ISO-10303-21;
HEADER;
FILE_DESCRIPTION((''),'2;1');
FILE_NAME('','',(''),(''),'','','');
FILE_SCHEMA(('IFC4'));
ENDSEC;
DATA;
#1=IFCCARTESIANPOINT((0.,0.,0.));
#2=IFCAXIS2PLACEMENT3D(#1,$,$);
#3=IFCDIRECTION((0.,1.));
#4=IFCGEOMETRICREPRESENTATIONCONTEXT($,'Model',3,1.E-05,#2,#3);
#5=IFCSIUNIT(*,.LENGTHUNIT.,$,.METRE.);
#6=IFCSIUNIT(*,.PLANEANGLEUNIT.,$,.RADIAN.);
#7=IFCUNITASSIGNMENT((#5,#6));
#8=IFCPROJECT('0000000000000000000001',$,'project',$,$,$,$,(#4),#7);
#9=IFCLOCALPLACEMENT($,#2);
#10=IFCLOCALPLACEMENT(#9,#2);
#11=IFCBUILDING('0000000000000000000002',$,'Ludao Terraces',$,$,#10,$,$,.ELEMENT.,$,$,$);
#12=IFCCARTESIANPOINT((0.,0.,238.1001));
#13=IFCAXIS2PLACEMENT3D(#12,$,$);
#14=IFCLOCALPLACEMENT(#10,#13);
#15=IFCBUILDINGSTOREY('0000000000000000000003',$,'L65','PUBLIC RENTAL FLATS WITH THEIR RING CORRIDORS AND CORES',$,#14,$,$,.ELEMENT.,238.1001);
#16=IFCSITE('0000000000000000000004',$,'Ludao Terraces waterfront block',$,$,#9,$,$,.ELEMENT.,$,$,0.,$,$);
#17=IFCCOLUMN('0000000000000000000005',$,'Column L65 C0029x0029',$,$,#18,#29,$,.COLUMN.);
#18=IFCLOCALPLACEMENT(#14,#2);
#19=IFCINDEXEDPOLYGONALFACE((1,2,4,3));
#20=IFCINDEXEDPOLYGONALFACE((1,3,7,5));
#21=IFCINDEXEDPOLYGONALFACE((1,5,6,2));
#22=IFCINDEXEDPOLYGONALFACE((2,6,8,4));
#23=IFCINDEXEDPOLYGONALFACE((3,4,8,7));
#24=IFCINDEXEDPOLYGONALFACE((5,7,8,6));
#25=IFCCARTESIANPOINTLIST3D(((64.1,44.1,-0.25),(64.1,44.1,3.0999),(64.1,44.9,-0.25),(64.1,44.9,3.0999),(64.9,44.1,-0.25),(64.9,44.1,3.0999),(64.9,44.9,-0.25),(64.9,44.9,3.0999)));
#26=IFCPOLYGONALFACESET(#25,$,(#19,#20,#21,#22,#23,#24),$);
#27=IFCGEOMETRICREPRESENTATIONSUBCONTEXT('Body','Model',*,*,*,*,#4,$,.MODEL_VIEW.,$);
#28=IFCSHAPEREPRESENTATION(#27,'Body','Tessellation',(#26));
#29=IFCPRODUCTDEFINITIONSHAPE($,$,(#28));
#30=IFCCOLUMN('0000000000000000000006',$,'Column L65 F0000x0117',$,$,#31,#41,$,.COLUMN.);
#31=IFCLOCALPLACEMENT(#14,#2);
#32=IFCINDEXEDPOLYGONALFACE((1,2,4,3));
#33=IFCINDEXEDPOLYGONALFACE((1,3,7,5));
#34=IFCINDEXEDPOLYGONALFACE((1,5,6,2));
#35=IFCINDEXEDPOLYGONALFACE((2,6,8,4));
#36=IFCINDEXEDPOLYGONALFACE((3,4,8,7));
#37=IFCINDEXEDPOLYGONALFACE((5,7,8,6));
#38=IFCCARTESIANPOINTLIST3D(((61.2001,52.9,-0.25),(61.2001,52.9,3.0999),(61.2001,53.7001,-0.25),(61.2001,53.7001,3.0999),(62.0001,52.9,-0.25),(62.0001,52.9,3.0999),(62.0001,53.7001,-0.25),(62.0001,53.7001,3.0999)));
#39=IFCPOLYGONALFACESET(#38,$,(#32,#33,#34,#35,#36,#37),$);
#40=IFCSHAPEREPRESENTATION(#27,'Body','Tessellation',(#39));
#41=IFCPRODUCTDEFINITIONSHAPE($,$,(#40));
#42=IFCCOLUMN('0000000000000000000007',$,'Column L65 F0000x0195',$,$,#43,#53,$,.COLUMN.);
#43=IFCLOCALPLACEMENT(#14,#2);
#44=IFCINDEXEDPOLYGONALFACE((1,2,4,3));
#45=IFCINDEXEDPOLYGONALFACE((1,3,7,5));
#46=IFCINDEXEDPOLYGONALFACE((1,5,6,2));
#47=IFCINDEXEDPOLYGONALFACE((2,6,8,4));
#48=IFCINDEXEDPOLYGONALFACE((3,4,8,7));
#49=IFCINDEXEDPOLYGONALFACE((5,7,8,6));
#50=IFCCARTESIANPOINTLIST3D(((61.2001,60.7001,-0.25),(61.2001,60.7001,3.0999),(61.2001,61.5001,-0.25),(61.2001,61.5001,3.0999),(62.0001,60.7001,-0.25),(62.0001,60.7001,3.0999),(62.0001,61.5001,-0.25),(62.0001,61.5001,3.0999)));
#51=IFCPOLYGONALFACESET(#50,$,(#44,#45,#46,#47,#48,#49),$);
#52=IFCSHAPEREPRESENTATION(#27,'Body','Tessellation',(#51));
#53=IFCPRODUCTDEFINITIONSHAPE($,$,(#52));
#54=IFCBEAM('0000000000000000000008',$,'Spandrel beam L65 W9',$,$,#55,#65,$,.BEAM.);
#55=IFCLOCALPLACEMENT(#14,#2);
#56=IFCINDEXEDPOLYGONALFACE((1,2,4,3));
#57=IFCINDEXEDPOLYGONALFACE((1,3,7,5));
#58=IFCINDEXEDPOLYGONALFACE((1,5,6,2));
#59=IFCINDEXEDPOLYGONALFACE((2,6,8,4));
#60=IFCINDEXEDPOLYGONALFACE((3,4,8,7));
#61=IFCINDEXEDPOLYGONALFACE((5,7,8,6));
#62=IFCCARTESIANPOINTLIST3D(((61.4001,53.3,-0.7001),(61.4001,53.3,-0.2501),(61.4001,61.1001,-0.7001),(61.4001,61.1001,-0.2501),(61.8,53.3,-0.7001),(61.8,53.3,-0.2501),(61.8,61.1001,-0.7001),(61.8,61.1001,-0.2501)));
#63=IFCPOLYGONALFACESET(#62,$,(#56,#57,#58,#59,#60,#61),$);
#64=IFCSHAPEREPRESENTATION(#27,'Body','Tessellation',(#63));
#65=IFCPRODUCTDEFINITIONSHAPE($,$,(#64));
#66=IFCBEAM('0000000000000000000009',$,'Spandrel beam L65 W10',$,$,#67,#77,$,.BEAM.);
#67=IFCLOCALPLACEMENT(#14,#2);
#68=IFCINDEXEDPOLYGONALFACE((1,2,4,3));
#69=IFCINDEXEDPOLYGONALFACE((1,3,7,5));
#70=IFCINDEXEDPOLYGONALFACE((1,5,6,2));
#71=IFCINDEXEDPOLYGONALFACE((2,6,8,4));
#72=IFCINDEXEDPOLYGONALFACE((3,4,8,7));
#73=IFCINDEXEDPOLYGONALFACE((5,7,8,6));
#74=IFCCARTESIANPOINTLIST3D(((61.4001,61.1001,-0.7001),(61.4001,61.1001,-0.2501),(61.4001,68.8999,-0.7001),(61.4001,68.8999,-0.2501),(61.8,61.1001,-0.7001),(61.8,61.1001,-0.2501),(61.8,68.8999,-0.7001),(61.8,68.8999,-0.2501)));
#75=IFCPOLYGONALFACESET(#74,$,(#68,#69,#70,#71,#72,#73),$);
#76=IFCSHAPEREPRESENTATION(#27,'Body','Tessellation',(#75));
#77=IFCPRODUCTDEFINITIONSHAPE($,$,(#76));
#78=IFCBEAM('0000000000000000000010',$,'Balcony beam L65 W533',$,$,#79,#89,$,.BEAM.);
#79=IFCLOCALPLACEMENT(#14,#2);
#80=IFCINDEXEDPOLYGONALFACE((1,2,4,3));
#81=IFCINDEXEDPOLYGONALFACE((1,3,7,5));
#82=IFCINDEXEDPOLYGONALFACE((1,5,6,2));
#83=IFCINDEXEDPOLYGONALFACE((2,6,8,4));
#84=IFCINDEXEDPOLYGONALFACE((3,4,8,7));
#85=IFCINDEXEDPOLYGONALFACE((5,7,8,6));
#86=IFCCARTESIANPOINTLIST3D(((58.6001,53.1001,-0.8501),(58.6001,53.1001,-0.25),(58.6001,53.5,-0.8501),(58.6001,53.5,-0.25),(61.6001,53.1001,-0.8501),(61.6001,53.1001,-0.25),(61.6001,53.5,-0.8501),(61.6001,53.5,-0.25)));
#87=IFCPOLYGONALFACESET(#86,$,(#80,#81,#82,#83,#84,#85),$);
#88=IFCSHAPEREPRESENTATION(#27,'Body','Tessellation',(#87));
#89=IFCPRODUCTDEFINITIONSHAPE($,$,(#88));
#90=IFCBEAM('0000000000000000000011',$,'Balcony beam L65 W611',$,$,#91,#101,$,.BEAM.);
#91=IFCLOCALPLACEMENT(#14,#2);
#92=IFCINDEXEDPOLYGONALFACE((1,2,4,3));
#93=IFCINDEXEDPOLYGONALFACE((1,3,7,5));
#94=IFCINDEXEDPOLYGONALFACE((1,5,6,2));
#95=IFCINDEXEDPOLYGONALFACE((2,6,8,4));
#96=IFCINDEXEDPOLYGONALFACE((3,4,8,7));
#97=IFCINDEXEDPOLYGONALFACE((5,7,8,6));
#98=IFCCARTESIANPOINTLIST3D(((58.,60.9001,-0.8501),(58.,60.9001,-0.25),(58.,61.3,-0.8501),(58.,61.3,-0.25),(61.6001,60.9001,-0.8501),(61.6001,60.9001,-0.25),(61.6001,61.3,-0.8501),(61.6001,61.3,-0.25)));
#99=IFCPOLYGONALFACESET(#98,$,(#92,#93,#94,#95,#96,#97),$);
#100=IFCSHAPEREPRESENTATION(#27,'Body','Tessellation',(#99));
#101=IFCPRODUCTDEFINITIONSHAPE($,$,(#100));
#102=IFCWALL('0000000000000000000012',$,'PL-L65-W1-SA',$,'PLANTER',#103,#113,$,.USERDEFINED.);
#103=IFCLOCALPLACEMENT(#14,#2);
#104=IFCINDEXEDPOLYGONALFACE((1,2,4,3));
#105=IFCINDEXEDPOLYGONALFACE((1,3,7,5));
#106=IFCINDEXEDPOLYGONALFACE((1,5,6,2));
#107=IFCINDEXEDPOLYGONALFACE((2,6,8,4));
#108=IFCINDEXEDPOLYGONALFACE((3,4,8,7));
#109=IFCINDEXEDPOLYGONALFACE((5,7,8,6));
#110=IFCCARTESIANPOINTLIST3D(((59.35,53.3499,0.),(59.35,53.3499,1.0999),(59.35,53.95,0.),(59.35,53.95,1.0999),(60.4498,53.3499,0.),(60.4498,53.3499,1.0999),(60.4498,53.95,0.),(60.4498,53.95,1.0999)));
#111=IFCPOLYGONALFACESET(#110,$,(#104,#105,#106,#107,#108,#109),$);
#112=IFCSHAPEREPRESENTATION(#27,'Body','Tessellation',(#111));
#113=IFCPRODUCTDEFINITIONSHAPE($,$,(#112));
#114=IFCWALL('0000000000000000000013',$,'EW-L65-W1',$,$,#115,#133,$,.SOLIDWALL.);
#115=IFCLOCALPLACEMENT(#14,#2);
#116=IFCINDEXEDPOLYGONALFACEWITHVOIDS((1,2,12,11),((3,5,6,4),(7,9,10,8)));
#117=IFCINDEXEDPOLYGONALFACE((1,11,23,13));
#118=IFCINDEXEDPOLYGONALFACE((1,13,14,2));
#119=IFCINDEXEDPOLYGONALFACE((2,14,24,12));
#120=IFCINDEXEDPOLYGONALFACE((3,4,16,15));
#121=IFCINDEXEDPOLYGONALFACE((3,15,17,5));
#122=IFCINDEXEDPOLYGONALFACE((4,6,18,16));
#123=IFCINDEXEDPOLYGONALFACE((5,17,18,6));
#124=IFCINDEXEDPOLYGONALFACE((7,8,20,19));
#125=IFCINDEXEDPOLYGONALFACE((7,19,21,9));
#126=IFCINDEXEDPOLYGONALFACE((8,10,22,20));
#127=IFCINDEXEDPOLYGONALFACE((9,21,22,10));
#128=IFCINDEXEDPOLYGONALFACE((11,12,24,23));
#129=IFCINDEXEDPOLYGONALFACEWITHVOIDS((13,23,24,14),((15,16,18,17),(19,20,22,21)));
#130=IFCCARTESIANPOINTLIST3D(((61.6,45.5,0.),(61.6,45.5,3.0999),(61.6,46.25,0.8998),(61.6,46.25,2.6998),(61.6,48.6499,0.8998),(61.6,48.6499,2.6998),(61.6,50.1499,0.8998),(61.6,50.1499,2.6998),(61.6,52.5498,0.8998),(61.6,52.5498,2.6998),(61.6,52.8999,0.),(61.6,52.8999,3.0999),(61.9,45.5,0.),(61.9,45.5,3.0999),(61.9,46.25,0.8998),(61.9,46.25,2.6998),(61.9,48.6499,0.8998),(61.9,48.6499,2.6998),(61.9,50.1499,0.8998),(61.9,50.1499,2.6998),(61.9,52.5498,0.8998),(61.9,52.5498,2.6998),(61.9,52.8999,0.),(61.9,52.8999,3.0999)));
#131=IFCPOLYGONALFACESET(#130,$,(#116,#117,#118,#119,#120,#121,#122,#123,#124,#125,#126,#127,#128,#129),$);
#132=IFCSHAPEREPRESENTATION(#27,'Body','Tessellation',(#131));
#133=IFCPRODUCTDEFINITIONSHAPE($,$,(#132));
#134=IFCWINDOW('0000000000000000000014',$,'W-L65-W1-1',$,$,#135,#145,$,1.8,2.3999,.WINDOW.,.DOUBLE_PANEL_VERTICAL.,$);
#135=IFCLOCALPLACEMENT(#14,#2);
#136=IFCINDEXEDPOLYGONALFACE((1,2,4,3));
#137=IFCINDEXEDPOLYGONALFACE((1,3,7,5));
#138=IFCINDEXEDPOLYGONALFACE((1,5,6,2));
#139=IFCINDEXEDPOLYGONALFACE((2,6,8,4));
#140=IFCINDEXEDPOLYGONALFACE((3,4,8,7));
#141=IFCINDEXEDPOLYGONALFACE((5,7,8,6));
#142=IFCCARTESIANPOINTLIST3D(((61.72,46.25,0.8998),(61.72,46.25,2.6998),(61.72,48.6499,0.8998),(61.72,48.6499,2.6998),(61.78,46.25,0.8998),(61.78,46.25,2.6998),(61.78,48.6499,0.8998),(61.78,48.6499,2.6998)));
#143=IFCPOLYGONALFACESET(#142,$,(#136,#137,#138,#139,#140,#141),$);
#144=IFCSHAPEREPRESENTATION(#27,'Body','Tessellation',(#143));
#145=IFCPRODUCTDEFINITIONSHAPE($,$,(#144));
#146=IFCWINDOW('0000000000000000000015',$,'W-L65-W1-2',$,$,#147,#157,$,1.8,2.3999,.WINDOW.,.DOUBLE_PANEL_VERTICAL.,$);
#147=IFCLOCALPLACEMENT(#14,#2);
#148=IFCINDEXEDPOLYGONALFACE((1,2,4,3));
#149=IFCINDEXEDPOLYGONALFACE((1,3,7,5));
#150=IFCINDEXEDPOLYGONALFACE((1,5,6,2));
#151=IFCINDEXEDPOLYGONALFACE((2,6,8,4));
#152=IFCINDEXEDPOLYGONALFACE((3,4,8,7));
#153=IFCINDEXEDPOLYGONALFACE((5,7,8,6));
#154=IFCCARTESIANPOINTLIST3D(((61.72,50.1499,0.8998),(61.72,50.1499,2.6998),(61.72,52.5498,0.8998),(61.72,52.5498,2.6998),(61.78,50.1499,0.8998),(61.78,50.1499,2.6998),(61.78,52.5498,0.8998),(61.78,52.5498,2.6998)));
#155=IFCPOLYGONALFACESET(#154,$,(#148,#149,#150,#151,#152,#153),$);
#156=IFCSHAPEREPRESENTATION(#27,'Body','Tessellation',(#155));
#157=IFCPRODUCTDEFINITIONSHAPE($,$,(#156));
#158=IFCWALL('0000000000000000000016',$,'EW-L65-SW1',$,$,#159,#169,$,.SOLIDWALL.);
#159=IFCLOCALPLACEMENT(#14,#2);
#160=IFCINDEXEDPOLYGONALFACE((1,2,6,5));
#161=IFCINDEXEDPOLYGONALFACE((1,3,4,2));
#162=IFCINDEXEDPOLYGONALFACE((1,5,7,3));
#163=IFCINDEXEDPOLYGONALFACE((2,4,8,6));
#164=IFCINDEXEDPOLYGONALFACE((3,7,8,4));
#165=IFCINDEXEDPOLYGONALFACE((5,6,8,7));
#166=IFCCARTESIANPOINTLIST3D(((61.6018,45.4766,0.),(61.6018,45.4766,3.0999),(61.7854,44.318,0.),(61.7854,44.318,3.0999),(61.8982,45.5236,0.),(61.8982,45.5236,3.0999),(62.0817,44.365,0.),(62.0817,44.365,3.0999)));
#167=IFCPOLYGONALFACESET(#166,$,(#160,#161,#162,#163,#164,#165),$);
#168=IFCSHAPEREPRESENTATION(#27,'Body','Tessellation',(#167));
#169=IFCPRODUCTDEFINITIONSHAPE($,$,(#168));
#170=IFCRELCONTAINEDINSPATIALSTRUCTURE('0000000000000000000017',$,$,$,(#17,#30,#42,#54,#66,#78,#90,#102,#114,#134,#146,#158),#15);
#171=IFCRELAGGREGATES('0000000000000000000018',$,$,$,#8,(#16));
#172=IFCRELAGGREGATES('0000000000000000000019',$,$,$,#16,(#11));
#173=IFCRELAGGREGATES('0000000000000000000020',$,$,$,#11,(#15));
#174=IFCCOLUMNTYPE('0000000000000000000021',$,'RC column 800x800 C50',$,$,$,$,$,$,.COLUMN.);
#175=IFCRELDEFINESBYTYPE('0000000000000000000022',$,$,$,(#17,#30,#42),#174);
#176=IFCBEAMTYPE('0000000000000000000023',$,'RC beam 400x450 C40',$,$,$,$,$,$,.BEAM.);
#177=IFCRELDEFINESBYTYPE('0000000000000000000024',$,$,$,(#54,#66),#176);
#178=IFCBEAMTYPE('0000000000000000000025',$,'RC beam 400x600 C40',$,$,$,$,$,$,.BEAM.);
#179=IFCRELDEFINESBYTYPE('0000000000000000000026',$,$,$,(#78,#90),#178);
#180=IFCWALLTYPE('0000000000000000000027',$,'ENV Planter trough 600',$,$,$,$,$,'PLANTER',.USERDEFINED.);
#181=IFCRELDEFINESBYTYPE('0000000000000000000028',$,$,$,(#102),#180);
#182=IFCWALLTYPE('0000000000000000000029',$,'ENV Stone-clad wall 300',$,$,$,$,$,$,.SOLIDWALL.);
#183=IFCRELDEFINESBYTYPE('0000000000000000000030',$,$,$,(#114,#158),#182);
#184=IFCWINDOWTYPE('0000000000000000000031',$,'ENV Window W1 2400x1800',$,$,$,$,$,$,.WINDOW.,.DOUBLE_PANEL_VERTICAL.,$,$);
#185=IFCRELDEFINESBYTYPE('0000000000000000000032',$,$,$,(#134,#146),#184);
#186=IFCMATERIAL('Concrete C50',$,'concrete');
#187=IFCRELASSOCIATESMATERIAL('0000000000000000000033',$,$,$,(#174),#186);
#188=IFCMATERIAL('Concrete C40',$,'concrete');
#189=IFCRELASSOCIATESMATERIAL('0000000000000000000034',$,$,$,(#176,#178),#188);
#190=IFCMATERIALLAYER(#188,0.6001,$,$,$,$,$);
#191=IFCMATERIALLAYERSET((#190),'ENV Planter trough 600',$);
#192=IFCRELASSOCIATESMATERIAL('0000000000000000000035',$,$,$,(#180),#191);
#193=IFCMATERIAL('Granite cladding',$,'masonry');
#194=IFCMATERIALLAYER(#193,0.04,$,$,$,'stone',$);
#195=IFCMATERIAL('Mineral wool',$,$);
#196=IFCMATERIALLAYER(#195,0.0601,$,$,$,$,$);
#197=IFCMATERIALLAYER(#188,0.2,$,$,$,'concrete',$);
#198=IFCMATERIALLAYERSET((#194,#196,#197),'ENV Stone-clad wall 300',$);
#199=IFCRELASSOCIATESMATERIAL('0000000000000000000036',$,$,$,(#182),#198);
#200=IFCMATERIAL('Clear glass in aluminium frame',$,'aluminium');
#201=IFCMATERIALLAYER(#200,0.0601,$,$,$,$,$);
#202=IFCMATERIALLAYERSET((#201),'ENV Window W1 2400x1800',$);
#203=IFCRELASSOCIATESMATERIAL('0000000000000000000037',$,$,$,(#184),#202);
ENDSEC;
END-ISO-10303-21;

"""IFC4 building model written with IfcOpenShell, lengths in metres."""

from ifc_helpers import new_model, si_unit, direction, frame, frame_2d, origin, origin_2d, place, context, subcontext, project, spatial, rectangle, extrude, material, layer, layer_set, material_profile, profile_set, type_object, element, fill, save


model = new_model("IFC4")

# Units and contexts
model_context = context("Model", 3, precision=1e-05, world=origin(), true_north=direction((0.0, 1.0)))
body_context = subcontext(model_context, "Body", "Model", "MODEL_VIEW")
ifc_project = project(units=[si_unit("LENGTHUNIT", "METRE"), si_unit("PLANEANGLEUNIT", "RADIAN")], contexts=[model_context])

# Site, building, storey
site_placement = place(None, origin())
site = spatial("IfcSite", under=ifc_project, at=site_placement, Name="Ludao Terraces waterfront block", CompositionType="ELEMENT", RefElevation=0.0)
building_placement = place(site_placement, origin())
building = spatial("IfcBuilding", under=site, at=building_placement, Name="Ludao Terraces", CompositionType="ELEMENT")
storey_placement = place(building_placement, frame((0.0, 0.0, 238.1001)))
storey = spatial("IfcBuildingStorey", under=building, at=storey_placement, Name="L65", Description="PUBLIC RENTAL FLATS WITH THEIR RING CORRIDORS AND CORES", CompositionType="ELEMENT", Elevation=238.1001)

# Columns
ifc_material_1 = material(Name="Concrete C50", Category="concrete")
ifc_material_profile_1 = material_profile(ifc_material_1, rectangle(XDim=0.8, YDim=0.8, at=origin_2d()), Name="800 X 800")
ifc_profile_set_1 = profile_set([ifc_material_profile_1], Name="Concrete C50")
column_type = type_object("IfcColumnType", Name="RC column 800x800 C50", PredefinedType="COLUMN", material=ifc_profile_set_1)
for number, where, z_axis, x_axis, name in (
    (1, (64.5, 44.5, -0.25), (0.0, 0.0, 1.0), (1.0, 0.0, 0.0), "Column L65 C0029x0029"),
    (2, (61.6001, 53.3, -0.25), (0.0, 0.0, 1.0), (1.0, 0.0, 0.0), "Column L65 F0000x0117"),
    (3, (61.6001, 61.1001, -0.25), (0.0, 0.0, 1.0), (1.0, 0.0, 0.0), "Column L65 F0000x0195"),
):
    element("IfcColumn", number, at=place(storey_placement, frame(where, z_axis=z_axis, x_axis=x_axis)), inside=storey, type_object=column_type, Name=name, PredefinedType="COLUMN", context=body_context, shape_type="SweptSolid", body=[
        extrude(rectangle(XDim=0.8, YDim=0.8, at=origin_2d()), origin(), (0.0, 0.0, 1.0), 3.3499),
    ])

# Beams
ifc_material_2 = material(Name="Concrete C40", Category="concrete")
ifc_material_profile_2 = material_profile(ifc_material_2, rectangle(XDim=0.3999, YDim=0.45, at=origin_2d()), Name="400 X 450")
ifc_profile_set_2 = profile_set([ifc_material_profile_2], Name="Concrete C40")
beam_type_1 = type_object("IfcBeamType", Name="RC beam 400x450 C40", PredefinedType="BEAM", material=ifc_profile_set_2)
beam_1_placement = place(storey_placement, frame((61.6001, 53.3, -0.4751), z_axis=(0.0, 1.0, 0.0), x_axis=(-1.0, 0.0, 0.0)))
element("IfcBeam", 4, at=beam_1_placement, inside=storey, type_object=beam_type_1, Name="Spandrel beam L65 W9", PredefinedType="BEAM", context=body_context, shape_type="SweptSolid", body=[
    extrude(rectangle(XDim=0.3999, YDim=0.45, at=origin_2d()), origin(), (0.0, 0.0, 1.0), 7.8),
])
beam_2_placement = place(storey_placement, frame((61.6001, 61.1001, -0.4751), z_axis=(0.0, 1.0, 0.0), x_axis=(-1.0, 0.0, 0.0)))
element("IfcBeam", 5, at=beam_2_placement, inside=storey, type_object=beam_type_1, Name="Spandrel beam L65 W10", PredefinedType="BEAM", context=body_context, shape_type="SweptSolid", body=[
    extrude(rectangle(XDim=0.3999, YDim=0.45, at=origin_2d()), origin(), (0.0, 0.0, 1.0), 7.7998),
])
ifc_material_profile_3 = material_profile(ifc_material_2, rectangle(XDim=0.3999, YDim=0.6001, at=origin_2d()), Name="400 X 600")
ifc_profile_set_3 = profile_set([ifc_material_profile_3], Name="Concrete C40")
beam_type_2 = type_object("IfcBeamType", Name="RC beam 400x600 C40", PredefinedType="BEAM", material=ifc_profile_set_3)
beam_3_placement = place(storey_placement, frame((61.6001, 53.3, -0.55), z_axis=(-1.0, 0.0, 0.0), x_axis=(0.0, -1.0, 0.0)))
element("IfcBeam", 6, at=beam_3_placement, inside=storey, type_object=beam_type_2, Name="Balcony beam L65 W533", PredefinedType="BEAM", context=body_context, shape_type="SweptSolid", body=[
    extrude(rectangle(XDim=0.3999, YDim=0.6001, at=origin_2d()), origin(), (0.0, 0.0, 1.0), 3.0),
])
beam_4_placement = place(storey_placement, frame((61.6001, 61.1001, -0.55), z_axis=(-1.0, 0.0, 0.0), x_axis=(0.0, -1.0, 0.0)))
element("IfcBeam", 7, at=beam_4_placement, inside=storey, type_object=beam_type_2, Name="Balcony beam L65 W611", PredefinedType="BEAM", context=body_context, shape_type="SweptSolid", body=[
    extrude(rectangle(XDim=0.3999, YDim=0.6001, at=origin_2d()), origin(), (0.0, 0.0, 1.0), 3.6001),
])

# Wall
ifc_layer_1 = layer(ifc_material_2, 0.6001)
ifc_layer_set_1 = layer_set([ifc_layer_1], Name="ENV Planter trough 600")
wall_type_1 = type_object("IfcWallType", Name="ENV Planter trough 600", ElementType="PLANTER", PredefinedType="USERDEFINED", material=ifc_layer_set_1)
wall_1_placement = place(storey_placement, frame((59.3501, 53.6499, 0.0), z_axis=(0.0, 0.0, 1.0), x_axis=(1.0, 0.0, 0.0)))
element("IfcWall", 8, at=wall_1_placement, inside=storey, type_object=wall_type_1, Name="PL-L65-W1-SA", ObjectType="PLANTER", PredefinedType="USERDEFINED", context=body_context, shape_type="SweptSolid", body=[
    extrude(rectangle(XDim=1.0999, YDim=0.6001, at=frame_2d((0.5498, 0.0))), origin(), (0.0, 0.0, 1.0), 1.0999),
])

# Wall, openings, windows
ifc_material_3 = material(Name="Granite cladding", Category="masonry")
ifc_layer_2 = layer(ifc_material_3, 0.04, Category="stone")
ifc_material_4 = material(Name="Mineral wool")
ifc_layer_3 = layer(ifc_material_4, 0.0601)
ifc_layer_4 = layer(ifc_material_2, 0.2, Category="concrete")
ifc_layer_set_2 = layer_set([ifc_layer_2, ifc_layer_3, ifc_layer_4], Name="ENV Stone-clad wall 300")
wall_type_2 = type_object("IfcWallType", Name="ENV Stone-clad wall 300", PredefinedType="SOLIDWALL", material=ifc_layer_set_2)
wall_2_placement = place(storey_placement, frame((61.75, 45.5, 0.0), z_axis=(0.0, 0.0, 1.0), x_axis=(0.0, 1.0, 0.0)))
wall_2 = element("IfcWall", 9, at=wall_2_placement, inside=storey, type_object=wall_type_2, Name="EW-L65-W1", PredefinedType="SOLIDWALL", context=body_context, shape_type="SweptSolid", body=[
    extrude(rectangle(XDim=7.3999, YDim=0.3, at=frame_2d((3.7, 0.0))), origin(), (0.0, 0.0, 1.0), 3.0999),
])
opening_1_placement = place(wall_2_placement, frame((0.75, 0.0, 0.8999)))
opening_1 = element("IfcOpeningElement", 10, at=opening_1_placement, cuts=wall_2, PredefinedType="OPENING", context=body_context, shape_type="SweptSolid", body=[
    extrude(rectangle(XDim=2.3999, YDim=1.8, at=frame_2d((1.2, 0.8999))), frame((0.0, 0.1602, 0.0), z_axis=(0.0, -1.0, 0.0), x_axis=(1.0, 0.0, 0.0)), (0.0, 0.0, 1.0), 0.3201),
])
opening_2_placement = place(wall_2_placement, frame((4.6499, 0.0, 0.8999)))
opening_2 = element("IfcOpeningElement", 11, at=opening_2_placement, cuts=wall_2, PredefinedType="OPENING", context=body_context, shape_type="SweptSolid", body=[
    extrude(rectangle(XDim=2.3999, YDim=1.8, at=frame_2d((1.2, 0.8999))), frame((0.0, 0.1602, 0.0), z_axis=(0.0, -1.0, 0.0), x_axis=(1.0, 0.0, 0.0)), (0.0, 0.0, 1.0), 0.3201),
])
ifc_material_5 = material(Name="Clear glass in aluminium frame", Category="aluminium")
ifc_layer_5 = layer(ifc_material_5, 0.0601)
ifc_layer_set_3 = layer_set([ifc_layer_5], Name="ENV Window W1 2400x1800")
window_type_1 = type_object("IfcWindowType", Name="ENV Window W1 2400x1800", PartitioningType="DOUBLE_PANEL_VERTICAL", PredefinedType="WINDOW", material=ifc_layer_set_3)
window_1_placement = place(opening_1_placement, origin())
window_1 = element("IfcWindow", 12, at=window_1_placement, inside=storey, type_object=window_type_1, Name="W-L65-W1-1", OverallHeight=1.8, OverallWidth=2.3999, PartitioningType="DOUBLE_PANEL_VERTICAL", PredefinedType="WINDOW", context=body_context, shape_type="SweptSolid", body=[
    extrude(rectangle(XDim=2.3999, YDim=1.8, at=frame_2d((1.2, 0.8999))), frame((0.0, 0.03, 0.0), z_axis=(0.0, -1.0, 0.0), x_axis=(1.0, 0.0, 0.0)), (0.0, 0.0, 1.0), 0.0601),
])
fill(opening_1, window_1)
window_2_placement = place(opening_2_placement, origin())
window_2 = element("IfcWindow", 13, at=window_2_placement, inside=storey, type_object=window_type_1, Name="W-L65-W1-2", OverallHeight=1.8, OverallWidth=2.3999, PartitioningType="DOUBLE_PANEL_VERTICAL", PredefinedType="WINDOW", context=body_context, shape_type="SweptSolid", body=[
    extrude(rectangle(XDim=2.3999, YDim=1.8, at=frame_2d((1.2, 0.8999))), frame((0.0, 0.03, 0.0), z_axis=(0.0, -1.0, 0.0), x_axis=(1.0, 0.0, 0.0)), (0.0, 0.0, 1.0), 0.0601),
])
fill(opening_2, window_2)

# Wall
wall_3_placement = place(storey_placement, frame((61.75, 45.5, 0.0), z_axis=(0.0, 0.0, 1.0), x_axis=(0.156497, -0.987678, 0.0)))
element("IfcWall", 14, at=wall_3_placement, inside=storey, type_object=wall_type_2, Name="EW-L65-SW1", PredefinedType="SOLIDWALL", context=body_context, shape_type="SweptSolid", body=[
    extrude(rectangle(XDim=1.1731, YDim=0.3, at=frame_2d((0.5864, 0.0))), origin(), (0.0, 0.0, 1.0), 3.0999),
])

save(model, "model.ifc")
